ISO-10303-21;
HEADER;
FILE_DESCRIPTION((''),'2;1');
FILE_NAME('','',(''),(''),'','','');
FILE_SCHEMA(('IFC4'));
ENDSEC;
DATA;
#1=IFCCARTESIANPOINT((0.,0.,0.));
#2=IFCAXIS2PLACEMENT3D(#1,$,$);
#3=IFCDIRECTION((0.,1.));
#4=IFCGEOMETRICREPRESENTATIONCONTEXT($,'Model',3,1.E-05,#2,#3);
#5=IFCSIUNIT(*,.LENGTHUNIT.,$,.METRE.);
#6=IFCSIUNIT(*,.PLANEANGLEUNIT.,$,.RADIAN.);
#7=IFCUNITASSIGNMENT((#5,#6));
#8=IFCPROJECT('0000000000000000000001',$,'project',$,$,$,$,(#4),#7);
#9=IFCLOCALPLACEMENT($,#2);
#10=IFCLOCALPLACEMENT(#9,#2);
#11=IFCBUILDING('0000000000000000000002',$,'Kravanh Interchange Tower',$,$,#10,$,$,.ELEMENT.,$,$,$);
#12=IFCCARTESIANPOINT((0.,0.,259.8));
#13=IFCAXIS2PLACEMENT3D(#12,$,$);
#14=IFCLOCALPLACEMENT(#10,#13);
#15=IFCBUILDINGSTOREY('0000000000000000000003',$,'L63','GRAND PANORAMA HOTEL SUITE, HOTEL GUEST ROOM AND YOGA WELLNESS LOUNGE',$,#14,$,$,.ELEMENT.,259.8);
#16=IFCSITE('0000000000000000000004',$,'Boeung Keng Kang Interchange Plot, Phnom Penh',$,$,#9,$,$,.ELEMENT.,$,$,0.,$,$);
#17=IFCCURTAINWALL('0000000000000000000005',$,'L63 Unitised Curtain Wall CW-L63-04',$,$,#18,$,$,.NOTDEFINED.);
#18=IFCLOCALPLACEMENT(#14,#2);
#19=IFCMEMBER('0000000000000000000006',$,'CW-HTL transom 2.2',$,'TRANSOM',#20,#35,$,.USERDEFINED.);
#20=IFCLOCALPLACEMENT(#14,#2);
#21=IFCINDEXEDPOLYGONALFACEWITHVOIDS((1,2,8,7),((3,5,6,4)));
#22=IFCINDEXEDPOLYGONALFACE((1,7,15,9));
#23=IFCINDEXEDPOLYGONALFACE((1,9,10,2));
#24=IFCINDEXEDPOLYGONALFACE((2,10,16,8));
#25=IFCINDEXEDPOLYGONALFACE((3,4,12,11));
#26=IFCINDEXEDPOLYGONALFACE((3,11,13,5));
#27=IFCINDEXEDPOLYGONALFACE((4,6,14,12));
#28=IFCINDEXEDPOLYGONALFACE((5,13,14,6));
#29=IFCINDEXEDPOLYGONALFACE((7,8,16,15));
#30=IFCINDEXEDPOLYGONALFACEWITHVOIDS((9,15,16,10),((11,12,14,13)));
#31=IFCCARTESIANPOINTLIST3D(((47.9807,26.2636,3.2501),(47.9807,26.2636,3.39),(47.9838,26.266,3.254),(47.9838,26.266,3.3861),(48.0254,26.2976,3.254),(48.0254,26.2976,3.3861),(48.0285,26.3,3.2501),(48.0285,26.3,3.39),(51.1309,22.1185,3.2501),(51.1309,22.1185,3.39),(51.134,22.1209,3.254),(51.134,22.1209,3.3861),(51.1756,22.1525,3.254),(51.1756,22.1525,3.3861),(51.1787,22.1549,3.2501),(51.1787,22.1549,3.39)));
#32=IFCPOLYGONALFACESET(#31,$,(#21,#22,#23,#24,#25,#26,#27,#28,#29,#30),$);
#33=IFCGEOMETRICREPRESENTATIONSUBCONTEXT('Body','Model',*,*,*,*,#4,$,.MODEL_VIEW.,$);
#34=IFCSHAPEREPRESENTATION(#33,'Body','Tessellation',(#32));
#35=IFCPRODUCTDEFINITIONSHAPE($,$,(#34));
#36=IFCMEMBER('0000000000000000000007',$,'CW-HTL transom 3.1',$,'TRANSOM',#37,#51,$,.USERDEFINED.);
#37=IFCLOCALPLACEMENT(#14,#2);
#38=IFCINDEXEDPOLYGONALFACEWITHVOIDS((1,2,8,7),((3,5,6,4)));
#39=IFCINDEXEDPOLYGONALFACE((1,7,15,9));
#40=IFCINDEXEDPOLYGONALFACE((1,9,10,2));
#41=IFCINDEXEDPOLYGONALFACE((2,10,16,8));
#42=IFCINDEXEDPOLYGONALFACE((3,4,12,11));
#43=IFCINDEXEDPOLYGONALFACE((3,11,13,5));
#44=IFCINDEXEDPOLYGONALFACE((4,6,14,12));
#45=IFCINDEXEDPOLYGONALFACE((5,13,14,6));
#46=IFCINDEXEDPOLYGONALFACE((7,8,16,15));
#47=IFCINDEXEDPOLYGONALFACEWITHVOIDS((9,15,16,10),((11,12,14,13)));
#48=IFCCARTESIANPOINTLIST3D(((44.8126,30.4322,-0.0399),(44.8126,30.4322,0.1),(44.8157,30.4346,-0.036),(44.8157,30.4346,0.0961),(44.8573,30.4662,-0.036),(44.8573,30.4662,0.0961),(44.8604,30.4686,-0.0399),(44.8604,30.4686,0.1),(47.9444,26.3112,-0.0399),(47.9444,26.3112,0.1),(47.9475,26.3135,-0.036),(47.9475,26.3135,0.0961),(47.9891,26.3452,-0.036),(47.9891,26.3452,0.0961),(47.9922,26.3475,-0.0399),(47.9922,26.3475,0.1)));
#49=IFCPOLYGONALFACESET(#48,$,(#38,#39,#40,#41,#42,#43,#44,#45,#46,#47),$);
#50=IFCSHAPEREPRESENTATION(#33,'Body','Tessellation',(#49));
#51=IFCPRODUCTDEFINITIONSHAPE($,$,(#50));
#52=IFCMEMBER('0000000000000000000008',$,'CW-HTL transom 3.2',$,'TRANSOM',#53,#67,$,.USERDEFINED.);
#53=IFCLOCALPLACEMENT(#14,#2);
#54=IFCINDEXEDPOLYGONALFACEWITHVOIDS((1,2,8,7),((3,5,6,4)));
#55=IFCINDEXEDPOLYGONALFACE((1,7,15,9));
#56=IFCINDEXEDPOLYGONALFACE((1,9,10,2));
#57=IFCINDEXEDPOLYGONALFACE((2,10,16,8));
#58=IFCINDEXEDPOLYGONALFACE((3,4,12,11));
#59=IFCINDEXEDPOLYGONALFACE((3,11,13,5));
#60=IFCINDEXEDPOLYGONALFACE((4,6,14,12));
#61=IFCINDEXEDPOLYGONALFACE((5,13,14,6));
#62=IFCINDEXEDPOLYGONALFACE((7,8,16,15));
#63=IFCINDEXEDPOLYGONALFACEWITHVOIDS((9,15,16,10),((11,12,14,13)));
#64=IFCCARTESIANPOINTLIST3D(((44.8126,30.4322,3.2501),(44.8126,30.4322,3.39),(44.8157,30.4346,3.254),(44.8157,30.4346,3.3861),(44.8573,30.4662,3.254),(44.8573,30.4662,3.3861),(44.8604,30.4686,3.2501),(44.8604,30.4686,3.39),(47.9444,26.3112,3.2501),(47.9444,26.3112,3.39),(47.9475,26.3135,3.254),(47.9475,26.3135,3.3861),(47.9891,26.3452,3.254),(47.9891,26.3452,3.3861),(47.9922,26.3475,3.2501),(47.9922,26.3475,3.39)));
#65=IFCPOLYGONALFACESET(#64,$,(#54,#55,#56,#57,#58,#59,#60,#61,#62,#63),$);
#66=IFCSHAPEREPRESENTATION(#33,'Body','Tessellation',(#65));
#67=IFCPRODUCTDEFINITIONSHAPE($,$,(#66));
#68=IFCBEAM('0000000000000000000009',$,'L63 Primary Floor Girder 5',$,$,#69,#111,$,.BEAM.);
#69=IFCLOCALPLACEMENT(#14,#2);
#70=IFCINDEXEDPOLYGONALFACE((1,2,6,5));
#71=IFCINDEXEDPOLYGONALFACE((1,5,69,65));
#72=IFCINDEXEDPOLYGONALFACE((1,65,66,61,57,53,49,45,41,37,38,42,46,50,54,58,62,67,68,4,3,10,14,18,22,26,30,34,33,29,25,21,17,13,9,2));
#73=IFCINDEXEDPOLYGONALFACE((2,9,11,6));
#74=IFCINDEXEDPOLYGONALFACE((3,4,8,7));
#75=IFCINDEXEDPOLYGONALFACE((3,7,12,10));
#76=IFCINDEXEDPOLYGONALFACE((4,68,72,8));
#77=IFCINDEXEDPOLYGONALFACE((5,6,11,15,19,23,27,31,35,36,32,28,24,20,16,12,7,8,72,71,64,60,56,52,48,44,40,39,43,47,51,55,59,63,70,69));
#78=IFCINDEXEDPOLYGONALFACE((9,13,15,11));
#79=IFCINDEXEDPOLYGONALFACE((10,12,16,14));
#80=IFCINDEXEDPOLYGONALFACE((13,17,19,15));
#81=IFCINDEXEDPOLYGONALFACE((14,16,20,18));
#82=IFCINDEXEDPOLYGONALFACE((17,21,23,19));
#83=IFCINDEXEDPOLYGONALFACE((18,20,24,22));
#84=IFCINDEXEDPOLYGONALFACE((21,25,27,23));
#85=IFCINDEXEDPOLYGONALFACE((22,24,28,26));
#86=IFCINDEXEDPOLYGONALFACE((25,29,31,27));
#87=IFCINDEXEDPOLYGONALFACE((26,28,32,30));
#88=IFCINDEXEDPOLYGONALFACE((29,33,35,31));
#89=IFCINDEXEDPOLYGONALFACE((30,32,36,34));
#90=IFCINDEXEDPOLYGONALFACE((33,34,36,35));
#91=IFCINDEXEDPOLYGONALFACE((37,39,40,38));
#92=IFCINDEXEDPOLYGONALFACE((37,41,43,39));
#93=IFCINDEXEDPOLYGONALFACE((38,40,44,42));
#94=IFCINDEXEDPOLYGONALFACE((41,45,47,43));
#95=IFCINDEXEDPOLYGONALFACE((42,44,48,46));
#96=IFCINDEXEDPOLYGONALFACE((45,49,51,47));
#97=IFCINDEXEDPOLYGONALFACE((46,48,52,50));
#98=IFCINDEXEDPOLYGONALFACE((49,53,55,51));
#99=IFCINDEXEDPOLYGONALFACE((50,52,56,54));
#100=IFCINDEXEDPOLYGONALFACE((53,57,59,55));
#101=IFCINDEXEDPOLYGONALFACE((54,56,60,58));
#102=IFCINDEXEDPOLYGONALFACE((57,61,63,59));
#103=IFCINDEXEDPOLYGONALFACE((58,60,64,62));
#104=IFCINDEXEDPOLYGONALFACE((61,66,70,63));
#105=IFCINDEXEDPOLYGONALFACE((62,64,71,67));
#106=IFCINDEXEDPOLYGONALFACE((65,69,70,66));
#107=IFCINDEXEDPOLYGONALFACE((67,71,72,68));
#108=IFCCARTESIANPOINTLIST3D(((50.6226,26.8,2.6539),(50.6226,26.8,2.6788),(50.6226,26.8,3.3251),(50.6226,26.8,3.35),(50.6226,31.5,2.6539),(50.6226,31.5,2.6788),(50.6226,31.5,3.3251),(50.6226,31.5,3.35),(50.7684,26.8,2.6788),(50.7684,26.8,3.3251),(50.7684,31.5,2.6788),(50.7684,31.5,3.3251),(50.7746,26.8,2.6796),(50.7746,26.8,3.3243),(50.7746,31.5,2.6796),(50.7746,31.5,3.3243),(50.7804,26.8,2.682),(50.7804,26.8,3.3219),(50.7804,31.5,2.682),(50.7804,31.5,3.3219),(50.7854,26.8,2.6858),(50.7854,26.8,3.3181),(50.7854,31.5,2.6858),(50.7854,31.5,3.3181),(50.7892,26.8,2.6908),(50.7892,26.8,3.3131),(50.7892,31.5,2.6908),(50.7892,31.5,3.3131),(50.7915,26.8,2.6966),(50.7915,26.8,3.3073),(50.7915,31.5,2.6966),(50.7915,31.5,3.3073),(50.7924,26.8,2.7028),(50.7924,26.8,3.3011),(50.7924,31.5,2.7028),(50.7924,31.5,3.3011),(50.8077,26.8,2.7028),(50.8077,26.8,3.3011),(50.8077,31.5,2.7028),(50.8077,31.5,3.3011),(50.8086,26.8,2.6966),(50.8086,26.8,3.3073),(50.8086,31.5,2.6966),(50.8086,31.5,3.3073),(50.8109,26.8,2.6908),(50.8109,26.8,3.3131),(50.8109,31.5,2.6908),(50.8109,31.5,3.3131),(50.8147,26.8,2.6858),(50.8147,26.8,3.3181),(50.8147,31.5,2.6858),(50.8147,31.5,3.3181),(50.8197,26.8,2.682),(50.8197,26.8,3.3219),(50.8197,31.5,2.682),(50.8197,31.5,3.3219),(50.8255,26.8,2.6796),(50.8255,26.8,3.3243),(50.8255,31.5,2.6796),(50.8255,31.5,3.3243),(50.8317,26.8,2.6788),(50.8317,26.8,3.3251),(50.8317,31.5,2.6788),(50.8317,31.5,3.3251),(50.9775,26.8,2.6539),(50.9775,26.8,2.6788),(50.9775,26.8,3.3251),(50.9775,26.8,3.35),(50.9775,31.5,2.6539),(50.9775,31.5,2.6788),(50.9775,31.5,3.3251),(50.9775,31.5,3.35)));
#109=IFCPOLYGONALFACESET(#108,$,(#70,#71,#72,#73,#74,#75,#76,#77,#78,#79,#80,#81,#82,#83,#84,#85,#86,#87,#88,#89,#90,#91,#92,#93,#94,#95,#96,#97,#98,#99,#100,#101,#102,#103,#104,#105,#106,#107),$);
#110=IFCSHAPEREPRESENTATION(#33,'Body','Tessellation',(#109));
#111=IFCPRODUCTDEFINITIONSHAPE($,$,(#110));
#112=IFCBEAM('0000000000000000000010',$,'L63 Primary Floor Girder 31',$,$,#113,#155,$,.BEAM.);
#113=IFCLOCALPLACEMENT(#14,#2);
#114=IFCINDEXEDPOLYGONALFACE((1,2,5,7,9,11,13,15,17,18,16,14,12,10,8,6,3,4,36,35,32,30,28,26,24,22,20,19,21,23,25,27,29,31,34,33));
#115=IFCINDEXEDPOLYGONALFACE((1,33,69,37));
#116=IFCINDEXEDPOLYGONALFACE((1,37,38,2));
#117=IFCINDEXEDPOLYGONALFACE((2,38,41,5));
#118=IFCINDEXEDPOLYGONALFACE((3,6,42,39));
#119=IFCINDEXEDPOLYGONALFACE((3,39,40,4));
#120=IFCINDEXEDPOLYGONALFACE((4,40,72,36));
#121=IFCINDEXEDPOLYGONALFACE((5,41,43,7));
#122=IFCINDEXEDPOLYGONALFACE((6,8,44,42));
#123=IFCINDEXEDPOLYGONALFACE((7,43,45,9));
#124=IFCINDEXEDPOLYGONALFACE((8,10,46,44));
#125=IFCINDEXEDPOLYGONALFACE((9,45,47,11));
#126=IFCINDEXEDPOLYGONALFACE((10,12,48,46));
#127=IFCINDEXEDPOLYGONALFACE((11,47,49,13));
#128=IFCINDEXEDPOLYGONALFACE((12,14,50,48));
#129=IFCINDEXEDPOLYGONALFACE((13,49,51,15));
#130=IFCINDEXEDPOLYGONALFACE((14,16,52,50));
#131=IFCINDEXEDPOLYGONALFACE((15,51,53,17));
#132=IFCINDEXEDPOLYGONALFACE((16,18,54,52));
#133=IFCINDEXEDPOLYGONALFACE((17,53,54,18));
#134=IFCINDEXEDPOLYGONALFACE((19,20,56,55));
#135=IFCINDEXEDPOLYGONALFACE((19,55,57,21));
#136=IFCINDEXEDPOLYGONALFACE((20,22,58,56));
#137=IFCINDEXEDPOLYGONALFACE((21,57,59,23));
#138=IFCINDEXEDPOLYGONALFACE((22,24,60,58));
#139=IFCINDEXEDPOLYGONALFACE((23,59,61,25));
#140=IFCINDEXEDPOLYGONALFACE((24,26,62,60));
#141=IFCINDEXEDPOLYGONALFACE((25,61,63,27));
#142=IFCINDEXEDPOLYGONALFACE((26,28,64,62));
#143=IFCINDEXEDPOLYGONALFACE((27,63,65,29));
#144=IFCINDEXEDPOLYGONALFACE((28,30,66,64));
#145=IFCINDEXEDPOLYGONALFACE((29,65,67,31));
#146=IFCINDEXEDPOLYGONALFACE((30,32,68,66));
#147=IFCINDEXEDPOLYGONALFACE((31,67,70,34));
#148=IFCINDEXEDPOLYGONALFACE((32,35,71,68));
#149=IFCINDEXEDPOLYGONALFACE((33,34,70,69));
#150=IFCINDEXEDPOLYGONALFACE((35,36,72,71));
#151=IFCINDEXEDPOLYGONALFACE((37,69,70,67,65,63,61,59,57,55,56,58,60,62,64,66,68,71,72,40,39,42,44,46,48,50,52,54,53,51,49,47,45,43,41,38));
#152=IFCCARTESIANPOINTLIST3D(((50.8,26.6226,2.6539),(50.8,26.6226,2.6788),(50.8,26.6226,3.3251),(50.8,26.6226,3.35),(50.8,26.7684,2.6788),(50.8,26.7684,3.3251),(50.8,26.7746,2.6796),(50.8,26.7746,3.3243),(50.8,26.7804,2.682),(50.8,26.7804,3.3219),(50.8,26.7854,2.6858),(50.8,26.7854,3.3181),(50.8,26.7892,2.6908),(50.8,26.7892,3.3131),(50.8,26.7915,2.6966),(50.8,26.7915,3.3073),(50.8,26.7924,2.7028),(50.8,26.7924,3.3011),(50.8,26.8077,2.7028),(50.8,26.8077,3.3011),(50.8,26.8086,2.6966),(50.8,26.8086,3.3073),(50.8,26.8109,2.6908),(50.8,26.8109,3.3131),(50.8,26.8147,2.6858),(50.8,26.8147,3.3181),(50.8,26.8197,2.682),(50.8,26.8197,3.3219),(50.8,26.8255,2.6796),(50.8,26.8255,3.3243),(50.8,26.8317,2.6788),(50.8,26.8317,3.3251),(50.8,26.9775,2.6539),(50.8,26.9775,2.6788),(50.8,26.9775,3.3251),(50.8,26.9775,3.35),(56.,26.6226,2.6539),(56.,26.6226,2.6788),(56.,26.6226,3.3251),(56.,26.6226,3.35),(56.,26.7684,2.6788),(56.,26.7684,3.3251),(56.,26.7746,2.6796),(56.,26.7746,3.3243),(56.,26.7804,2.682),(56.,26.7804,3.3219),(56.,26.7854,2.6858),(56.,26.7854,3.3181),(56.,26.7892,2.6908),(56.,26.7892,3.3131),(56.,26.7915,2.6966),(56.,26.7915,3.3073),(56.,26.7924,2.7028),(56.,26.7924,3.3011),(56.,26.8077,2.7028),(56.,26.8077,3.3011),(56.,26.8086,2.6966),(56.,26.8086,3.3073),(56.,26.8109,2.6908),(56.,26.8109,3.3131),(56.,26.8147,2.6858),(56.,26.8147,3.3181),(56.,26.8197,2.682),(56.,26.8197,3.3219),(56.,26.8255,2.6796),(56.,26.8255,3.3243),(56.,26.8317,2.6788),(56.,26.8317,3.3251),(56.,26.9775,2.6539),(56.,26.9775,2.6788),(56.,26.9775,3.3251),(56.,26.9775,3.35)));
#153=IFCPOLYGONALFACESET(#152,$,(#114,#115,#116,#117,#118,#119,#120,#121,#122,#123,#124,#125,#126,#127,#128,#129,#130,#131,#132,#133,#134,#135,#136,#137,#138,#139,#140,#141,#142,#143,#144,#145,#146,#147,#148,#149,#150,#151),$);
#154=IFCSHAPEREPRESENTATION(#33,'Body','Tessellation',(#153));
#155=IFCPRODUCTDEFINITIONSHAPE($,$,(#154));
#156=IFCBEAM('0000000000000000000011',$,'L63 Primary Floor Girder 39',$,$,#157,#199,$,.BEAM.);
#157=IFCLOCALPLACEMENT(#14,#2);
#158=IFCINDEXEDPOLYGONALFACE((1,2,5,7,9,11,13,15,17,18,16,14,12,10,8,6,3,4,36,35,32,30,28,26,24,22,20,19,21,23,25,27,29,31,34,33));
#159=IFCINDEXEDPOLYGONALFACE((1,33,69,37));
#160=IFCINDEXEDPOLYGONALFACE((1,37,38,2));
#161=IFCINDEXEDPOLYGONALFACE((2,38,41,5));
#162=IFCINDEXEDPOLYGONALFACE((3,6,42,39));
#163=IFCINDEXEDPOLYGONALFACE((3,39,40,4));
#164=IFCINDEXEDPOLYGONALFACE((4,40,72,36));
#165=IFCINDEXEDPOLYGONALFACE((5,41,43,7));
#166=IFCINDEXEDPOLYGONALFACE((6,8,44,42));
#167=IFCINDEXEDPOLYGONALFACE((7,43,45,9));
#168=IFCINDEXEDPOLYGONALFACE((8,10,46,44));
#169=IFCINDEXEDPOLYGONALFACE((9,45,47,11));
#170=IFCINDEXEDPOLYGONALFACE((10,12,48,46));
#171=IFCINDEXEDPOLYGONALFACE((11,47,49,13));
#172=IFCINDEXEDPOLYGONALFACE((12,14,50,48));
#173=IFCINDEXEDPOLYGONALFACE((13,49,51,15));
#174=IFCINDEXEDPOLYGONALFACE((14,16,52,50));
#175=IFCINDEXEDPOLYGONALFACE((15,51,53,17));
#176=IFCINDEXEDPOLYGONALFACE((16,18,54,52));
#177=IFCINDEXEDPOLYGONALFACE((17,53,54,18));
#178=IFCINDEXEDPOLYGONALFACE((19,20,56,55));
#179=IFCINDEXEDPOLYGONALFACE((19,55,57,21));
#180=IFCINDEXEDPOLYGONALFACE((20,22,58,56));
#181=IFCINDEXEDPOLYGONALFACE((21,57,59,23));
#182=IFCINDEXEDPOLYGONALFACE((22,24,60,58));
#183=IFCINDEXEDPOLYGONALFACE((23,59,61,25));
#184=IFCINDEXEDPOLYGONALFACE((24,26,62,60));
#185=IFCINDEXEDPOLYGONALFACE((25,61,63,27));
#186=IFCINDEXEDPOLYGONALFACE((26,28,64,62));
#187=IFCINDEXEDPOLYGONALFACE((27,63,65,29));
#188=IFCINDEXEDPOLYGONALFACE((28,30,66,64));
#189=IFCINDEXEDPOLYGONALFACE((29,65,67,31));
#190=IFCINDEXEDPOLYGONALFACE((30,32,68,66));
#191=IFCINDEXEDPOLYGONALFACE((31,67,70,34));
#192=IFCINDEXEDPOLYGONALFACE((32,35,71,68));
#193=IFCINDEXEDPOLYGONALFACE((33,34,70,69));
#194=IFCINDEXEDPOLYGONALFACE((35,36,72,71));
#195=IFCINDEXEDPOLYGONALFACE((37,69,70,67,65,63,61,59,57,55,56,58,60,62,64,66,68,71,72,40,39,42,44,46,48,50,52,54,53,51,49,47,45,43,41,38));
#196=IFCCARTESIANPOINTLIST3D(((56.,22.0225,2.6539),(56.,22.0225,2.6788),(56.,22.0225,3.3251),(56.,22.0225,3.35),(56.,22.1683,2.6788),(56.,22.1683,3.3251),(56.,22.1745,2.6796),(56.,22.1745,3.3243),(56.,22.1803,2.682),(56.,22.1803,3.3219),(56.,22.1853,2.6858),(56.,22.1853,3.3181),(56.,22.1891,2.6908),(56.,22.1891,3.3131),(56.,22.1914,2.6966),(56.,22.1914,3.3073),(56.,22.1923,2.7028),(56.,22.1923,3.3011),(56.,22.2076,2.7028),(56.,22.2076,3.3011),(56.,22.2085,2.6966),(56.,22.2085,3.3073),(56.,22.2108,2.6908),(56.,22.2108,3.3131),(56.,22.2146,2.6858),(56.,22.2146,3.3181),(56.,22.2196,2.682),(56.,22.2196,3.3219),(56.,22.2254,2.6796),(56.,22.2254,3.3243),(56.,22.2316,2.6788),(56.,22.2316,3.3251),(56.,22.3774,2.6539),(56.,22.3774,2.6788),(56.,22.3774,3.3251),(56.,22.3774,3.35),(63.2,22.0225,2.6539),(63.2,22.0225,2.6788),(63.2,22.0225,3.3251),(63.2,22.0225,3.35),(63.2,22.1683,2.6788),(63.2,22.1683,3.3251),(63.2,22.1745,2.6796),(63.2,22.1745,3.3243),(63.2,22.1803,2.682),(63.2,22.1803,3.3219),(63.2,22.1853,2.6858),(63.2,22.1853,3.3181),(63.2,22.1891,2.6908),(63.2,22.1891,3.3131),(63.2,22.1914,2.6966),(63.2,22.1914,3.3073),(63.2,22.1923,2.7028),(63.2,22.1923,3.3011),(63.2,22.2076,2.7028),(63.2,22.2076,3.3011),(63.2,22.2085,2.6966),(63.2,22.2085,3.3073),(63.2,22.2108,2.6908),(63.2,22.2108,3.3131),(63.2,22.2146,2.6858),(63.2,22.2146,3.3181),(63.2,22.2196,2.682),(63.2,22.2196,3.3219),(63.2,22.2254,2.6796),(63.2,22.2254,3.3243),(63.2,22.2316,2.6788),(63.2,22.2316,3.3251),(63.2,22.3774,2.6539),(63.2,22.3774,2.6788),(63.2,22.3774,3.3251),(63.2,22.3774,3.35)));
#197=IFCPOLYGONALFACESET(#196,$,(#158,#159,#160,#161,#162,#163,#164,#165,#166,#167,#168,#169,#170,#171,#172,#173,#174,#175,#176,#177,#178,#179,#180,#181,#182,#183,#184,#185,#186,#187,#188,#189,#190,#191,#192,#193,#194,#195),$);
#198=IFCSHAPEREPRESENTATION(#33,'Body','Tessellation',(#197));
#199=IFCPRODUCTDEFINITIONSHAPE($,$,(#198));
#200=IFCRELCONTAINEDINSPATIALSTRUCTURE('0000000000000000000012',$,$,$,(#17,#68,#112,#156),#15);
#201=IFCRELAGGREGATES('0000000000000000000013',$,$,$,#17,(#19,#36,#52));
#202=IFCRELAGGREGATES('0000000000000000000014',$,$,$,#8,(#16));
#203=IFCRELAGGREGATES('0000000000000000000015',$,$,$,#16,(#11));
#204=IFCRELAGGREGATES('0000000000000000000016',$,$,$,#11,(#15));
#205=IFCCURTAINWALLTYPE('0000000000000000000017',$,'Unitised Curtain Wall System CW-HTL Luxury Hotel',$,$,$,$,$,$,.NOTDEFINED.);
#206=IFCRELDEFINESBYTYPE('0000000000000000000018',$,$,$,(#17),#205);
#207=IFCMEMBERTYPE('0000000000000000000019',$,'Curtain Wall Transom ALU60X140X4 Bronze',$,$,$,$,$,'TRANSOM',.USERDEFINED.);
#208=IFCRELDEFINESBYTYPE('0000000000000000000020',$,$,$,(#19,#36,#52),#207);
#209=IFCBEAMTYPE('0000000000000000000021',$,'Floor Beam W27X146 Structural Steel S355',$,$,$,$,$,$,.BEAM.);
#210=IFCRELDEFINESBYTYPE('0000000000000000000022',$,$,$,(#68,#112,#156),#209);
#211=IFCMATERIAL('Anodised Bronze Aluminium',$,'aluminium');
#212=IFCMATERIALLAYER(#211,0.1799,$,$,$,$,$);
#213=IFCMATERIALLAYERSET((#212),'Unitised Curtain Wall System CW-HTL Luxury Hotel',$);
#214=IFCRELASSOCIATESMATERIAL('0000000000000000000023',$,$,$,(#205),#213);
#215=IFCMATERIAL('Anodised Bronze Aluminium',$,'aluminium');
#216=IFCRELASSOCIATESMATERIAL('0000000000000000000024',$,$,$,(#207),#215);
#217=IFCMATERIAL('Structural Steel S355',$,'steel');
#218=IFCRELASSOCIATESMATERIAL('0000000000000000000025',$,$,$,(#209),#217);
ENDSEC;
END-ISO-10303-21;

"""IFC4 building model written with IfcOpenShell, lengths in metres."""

from ifc_helpers import new_model, si_unit, direction, frame, origin, origin_2d, place, context, subcontext, project, spatial, hollow_rectangle, i_section, extrude, material, layer, layer_set, material_profile, profile_set, type_object, element, aggregate, save


model = new_model("IFC4")

# Units and contexts
model_context = context("Model", 3, precision=1e-05, world=origin(), true_north=direction((0.0, 1.0)))
body_context = subcontext(model_context, "Body", "Model", "MODEL_VIEW")
ifc_project = project(units=[si_unit("LENGTHUNIT", "METRE"), si_unit("PLANEANGLEUNIT", "RADIAN")], contexts=[model_context])

# Site, building, storey
site_placement = place(None, origin())
site = spatial("IfcSite", under=ifc_project, at=site_placement, Name="Boeung Keng Kang Interchange Plot, Phnom Penh", CompositionType="ELEMENT", RefElevation=0.0)
building_placement = place(site_placement, origin())
building = spatial("IfcBuilding", under=site, at=building_placement, Name="Kravanh Interchange Tower", CompositionType="ELEMENT")
storey_placement = place(building_placement, frame((0.0, 0.0, 259.8)))
storey = spatial("IfcBuildingStorey", under=building, at=storey_placement, Name="L63", Description="GRAND PANORAMA HOTEL SUITE, HOTEL GUEST ROOM AND YOGA WELLNESS LOUNGE", CompositionType="ELEMENT", Elevation=259.8)

# Shared definitions
ifc_material_1 = material(Name="Anodised Bronze Aluminium", Category="aluminium")
ifc_layer_1 = layer(ifc_material_1, 0.1799)
ifc_layer_set_1 = layer_set([ifc_layer_1], Name="Unitised Curtain Wall System CW-HTL Luxury Hotel")
curtain_wall_type = type_object("IfcCurtainWallType", Name="Unitised Curtain Wall System CW-HTL Luxury Hotel", PredefinedType="NOTDEFINED", material=ifc_layer_set_1)

# Curtain wall, members
curtain_wall_1_placement = place(storey_placement, origin())
curtain_wall_1 = element("IfcCurtainWall", 1, at=curtain_wall_1_placement, inside=storey, type_object=curtain_wall_type, Name="L63 Unitised Curtain Wall CW-L63-04", PredefinedType="NOTDEFINED")
ifc_material_2 = material(Name="Anodised Bronze Aluminium", Category="aluminium")
ifc_material_profile_1 = material_profile(ifc_material_2, hollow_rectangle(XDim=0.0601, YDim=0.1399, WallThickness=0.0039, at=origin_2d()), Name="ALU60X140X4")
ifc_profile_set_1 = profile_set([ifc_material_profile_1], Name="Anodised Bronze Aluminium")
member_type_1 = type_object("IfcMemberType", Name="Curtain Wall Transom ALU60X140X4 Bronze", ElementType="TRANSOM", PredefinedType="USERDEFINED", material=ifc_profile_set_1)
member_1_placement = place(storey_placement, frame((51.1548, 22.1367, 3.3201), z_axis=(-0.605075, 0.796169, 0.0), x_axis=(-0.796169, -0.605075, 0.0)))
member_1 = element("IfcMember", 2, at=member_1_placement, type_object=member_type_1, Name="CW-HTL transom 2.2", ObjectType="TRANSOM", PredefinedType="USERDEFINED", context=body_context, shape_type="SweptSolid", body=[
    extrude(hollow_rectangle(XDim=0.0601, YDim=0.1399, WallThickness=0.0039, at=origin_2d()), origin(), (0.0, 0.0, 1.0), 5.2063),
])
member_2_placement = place(storey_placement, frame((47.9683, 26.3293, 0.03), z_axis=(-0.605059, 0.79618, 0.0), x_axis=(-0.79618, -0.605059, 0.0)))
member_2 = element("IfcMember", 3, at=member_2_placement, type_object=member_type_1, Name="CW-HTL transom 3.1", ObjectType="TRANSOM", PredefinedType="USERDEFINED", context=body_context, shape_type="SweptSolid", body=[
    extrude(hollow_rectangle(XDim=0.0601, YDim=0.1399, WallThickness=0.0039, at=origin_2d()), origin(), (0.0, 0.0, 1.0), 5.176),
])
member_3_placement = place(storey_placement, frame((47.9683, 26.3293, 3.3201), z_axis=(-0.605059, 0.79618, 0.0), x_axis=(-0.79618, -0.605059, 0.0)))
member_3 = element("IfcMember", 4, at=member_3_placement, type_object=member_type_1, Name="CW-HTL transom 3.2", ObjectType="TRANSOM", PredefinedType="USERDEFINED", context=body_context, shape_type="SweptSolid", body=[
    extrude(hollow_rectangle(XDim=0.0601, YDim=0.1399, WallThickness=0.0039, at=origin_2d()), origin(), (0.0, 0.0, 1.0), 5.176),
])

# Beams
ifc_material_3 = material(Name="Structural Steel S355", Category="steel")
ifc_material_profile_2 = material_profile(ifc_material_3, i_section(OverallWidth=0.355, OverallDepth=0.696, WebThickness=0.0154, FlangeThickness=0.0249, FilletRadius=0.0239, at=origin_2d()), Name="W27X146")
ifc_profile_set_2 = profile_set([ifc_material_profile_2], Name="Structural Steel S355")
beam_type_1 = type_object("IfcBeamType", Name="Floor Beam W27X146 Structural Steel S355", PredefinedType="BEAM", material=ifc_profile_set_2)
beam_1_placement = place(storey_placement, frame((50.8, 31.5, 3.002), z_axis=(0.0, -1.0, 0.0), x_axis=(1.0, 0.0, 0.0)))
element("IfcBeam", 5, at=beam_1_placement, inside=storey, type_object=beam_type_1, Name="L63 Primary Floor Girder 5", PredefinedType="BEAM", context=body_context, shape_type="SweptSolid", body=[
    extrude(i_section(OverallWidth=0.355, OverallDepth=0.696, WebThickness=0.0154, FlangeThickness=0.0249, FilletRadius=0.0239, at=origin_2d()), origin(), (0.0, 0.0, 1.0), 4.7),
])
beam_2_placement = place(storey_placement, frame((50.8, 26.8, 3.002), z_axis=(1.0, 0.0, 0.0), x_axis=(0.0, 1.0, 0.0)))
element("IfcBeam", 6, at=beam_2_placement, inside=storey, type_object=beam_type_1, Name="L63 Primary Floor Girder 31", PredefinedType="BEAM", context=body_context, shape_type="SweptSolid", body=[
    extrude(i_section(OverallWidth=0.355, OverallDepth=0.696, WebThickness=0.0154, FlangeThickness=0.0249, FilletRadius=0.0239, at=origin_2d()), origin(), (0.0, 0.0, 1.0), 5.2),
])
beam_3_placement = place(storey_placement, frame((56.0, 22.2, 3.002), z_axis=(1.0, 0.0, 0.0), x_axis=(0.0, 1.0, 0.0)))
element("IfcBeam", 7, at=beam_3_placement, inside=storey, type_object=beam_type_1, Name="L63 Primary Floor Girder 39", PredefinedType="BEAM", context=body_context, shape_type="SweptSolid", body=[
    extrude(i_section(OverallWidth=0.355, OverallDepth=0.696, WebThickness=0.0154, FlangeThickness=0.0249, FilletRadius=0.0239, at=origin_2d()), origin(), (0.0, 0.0, 1.0), 7.2),
])

aggregate(curtain_wall_1, [member_1, member_2, member_3])

save(model, "model.ifc")
